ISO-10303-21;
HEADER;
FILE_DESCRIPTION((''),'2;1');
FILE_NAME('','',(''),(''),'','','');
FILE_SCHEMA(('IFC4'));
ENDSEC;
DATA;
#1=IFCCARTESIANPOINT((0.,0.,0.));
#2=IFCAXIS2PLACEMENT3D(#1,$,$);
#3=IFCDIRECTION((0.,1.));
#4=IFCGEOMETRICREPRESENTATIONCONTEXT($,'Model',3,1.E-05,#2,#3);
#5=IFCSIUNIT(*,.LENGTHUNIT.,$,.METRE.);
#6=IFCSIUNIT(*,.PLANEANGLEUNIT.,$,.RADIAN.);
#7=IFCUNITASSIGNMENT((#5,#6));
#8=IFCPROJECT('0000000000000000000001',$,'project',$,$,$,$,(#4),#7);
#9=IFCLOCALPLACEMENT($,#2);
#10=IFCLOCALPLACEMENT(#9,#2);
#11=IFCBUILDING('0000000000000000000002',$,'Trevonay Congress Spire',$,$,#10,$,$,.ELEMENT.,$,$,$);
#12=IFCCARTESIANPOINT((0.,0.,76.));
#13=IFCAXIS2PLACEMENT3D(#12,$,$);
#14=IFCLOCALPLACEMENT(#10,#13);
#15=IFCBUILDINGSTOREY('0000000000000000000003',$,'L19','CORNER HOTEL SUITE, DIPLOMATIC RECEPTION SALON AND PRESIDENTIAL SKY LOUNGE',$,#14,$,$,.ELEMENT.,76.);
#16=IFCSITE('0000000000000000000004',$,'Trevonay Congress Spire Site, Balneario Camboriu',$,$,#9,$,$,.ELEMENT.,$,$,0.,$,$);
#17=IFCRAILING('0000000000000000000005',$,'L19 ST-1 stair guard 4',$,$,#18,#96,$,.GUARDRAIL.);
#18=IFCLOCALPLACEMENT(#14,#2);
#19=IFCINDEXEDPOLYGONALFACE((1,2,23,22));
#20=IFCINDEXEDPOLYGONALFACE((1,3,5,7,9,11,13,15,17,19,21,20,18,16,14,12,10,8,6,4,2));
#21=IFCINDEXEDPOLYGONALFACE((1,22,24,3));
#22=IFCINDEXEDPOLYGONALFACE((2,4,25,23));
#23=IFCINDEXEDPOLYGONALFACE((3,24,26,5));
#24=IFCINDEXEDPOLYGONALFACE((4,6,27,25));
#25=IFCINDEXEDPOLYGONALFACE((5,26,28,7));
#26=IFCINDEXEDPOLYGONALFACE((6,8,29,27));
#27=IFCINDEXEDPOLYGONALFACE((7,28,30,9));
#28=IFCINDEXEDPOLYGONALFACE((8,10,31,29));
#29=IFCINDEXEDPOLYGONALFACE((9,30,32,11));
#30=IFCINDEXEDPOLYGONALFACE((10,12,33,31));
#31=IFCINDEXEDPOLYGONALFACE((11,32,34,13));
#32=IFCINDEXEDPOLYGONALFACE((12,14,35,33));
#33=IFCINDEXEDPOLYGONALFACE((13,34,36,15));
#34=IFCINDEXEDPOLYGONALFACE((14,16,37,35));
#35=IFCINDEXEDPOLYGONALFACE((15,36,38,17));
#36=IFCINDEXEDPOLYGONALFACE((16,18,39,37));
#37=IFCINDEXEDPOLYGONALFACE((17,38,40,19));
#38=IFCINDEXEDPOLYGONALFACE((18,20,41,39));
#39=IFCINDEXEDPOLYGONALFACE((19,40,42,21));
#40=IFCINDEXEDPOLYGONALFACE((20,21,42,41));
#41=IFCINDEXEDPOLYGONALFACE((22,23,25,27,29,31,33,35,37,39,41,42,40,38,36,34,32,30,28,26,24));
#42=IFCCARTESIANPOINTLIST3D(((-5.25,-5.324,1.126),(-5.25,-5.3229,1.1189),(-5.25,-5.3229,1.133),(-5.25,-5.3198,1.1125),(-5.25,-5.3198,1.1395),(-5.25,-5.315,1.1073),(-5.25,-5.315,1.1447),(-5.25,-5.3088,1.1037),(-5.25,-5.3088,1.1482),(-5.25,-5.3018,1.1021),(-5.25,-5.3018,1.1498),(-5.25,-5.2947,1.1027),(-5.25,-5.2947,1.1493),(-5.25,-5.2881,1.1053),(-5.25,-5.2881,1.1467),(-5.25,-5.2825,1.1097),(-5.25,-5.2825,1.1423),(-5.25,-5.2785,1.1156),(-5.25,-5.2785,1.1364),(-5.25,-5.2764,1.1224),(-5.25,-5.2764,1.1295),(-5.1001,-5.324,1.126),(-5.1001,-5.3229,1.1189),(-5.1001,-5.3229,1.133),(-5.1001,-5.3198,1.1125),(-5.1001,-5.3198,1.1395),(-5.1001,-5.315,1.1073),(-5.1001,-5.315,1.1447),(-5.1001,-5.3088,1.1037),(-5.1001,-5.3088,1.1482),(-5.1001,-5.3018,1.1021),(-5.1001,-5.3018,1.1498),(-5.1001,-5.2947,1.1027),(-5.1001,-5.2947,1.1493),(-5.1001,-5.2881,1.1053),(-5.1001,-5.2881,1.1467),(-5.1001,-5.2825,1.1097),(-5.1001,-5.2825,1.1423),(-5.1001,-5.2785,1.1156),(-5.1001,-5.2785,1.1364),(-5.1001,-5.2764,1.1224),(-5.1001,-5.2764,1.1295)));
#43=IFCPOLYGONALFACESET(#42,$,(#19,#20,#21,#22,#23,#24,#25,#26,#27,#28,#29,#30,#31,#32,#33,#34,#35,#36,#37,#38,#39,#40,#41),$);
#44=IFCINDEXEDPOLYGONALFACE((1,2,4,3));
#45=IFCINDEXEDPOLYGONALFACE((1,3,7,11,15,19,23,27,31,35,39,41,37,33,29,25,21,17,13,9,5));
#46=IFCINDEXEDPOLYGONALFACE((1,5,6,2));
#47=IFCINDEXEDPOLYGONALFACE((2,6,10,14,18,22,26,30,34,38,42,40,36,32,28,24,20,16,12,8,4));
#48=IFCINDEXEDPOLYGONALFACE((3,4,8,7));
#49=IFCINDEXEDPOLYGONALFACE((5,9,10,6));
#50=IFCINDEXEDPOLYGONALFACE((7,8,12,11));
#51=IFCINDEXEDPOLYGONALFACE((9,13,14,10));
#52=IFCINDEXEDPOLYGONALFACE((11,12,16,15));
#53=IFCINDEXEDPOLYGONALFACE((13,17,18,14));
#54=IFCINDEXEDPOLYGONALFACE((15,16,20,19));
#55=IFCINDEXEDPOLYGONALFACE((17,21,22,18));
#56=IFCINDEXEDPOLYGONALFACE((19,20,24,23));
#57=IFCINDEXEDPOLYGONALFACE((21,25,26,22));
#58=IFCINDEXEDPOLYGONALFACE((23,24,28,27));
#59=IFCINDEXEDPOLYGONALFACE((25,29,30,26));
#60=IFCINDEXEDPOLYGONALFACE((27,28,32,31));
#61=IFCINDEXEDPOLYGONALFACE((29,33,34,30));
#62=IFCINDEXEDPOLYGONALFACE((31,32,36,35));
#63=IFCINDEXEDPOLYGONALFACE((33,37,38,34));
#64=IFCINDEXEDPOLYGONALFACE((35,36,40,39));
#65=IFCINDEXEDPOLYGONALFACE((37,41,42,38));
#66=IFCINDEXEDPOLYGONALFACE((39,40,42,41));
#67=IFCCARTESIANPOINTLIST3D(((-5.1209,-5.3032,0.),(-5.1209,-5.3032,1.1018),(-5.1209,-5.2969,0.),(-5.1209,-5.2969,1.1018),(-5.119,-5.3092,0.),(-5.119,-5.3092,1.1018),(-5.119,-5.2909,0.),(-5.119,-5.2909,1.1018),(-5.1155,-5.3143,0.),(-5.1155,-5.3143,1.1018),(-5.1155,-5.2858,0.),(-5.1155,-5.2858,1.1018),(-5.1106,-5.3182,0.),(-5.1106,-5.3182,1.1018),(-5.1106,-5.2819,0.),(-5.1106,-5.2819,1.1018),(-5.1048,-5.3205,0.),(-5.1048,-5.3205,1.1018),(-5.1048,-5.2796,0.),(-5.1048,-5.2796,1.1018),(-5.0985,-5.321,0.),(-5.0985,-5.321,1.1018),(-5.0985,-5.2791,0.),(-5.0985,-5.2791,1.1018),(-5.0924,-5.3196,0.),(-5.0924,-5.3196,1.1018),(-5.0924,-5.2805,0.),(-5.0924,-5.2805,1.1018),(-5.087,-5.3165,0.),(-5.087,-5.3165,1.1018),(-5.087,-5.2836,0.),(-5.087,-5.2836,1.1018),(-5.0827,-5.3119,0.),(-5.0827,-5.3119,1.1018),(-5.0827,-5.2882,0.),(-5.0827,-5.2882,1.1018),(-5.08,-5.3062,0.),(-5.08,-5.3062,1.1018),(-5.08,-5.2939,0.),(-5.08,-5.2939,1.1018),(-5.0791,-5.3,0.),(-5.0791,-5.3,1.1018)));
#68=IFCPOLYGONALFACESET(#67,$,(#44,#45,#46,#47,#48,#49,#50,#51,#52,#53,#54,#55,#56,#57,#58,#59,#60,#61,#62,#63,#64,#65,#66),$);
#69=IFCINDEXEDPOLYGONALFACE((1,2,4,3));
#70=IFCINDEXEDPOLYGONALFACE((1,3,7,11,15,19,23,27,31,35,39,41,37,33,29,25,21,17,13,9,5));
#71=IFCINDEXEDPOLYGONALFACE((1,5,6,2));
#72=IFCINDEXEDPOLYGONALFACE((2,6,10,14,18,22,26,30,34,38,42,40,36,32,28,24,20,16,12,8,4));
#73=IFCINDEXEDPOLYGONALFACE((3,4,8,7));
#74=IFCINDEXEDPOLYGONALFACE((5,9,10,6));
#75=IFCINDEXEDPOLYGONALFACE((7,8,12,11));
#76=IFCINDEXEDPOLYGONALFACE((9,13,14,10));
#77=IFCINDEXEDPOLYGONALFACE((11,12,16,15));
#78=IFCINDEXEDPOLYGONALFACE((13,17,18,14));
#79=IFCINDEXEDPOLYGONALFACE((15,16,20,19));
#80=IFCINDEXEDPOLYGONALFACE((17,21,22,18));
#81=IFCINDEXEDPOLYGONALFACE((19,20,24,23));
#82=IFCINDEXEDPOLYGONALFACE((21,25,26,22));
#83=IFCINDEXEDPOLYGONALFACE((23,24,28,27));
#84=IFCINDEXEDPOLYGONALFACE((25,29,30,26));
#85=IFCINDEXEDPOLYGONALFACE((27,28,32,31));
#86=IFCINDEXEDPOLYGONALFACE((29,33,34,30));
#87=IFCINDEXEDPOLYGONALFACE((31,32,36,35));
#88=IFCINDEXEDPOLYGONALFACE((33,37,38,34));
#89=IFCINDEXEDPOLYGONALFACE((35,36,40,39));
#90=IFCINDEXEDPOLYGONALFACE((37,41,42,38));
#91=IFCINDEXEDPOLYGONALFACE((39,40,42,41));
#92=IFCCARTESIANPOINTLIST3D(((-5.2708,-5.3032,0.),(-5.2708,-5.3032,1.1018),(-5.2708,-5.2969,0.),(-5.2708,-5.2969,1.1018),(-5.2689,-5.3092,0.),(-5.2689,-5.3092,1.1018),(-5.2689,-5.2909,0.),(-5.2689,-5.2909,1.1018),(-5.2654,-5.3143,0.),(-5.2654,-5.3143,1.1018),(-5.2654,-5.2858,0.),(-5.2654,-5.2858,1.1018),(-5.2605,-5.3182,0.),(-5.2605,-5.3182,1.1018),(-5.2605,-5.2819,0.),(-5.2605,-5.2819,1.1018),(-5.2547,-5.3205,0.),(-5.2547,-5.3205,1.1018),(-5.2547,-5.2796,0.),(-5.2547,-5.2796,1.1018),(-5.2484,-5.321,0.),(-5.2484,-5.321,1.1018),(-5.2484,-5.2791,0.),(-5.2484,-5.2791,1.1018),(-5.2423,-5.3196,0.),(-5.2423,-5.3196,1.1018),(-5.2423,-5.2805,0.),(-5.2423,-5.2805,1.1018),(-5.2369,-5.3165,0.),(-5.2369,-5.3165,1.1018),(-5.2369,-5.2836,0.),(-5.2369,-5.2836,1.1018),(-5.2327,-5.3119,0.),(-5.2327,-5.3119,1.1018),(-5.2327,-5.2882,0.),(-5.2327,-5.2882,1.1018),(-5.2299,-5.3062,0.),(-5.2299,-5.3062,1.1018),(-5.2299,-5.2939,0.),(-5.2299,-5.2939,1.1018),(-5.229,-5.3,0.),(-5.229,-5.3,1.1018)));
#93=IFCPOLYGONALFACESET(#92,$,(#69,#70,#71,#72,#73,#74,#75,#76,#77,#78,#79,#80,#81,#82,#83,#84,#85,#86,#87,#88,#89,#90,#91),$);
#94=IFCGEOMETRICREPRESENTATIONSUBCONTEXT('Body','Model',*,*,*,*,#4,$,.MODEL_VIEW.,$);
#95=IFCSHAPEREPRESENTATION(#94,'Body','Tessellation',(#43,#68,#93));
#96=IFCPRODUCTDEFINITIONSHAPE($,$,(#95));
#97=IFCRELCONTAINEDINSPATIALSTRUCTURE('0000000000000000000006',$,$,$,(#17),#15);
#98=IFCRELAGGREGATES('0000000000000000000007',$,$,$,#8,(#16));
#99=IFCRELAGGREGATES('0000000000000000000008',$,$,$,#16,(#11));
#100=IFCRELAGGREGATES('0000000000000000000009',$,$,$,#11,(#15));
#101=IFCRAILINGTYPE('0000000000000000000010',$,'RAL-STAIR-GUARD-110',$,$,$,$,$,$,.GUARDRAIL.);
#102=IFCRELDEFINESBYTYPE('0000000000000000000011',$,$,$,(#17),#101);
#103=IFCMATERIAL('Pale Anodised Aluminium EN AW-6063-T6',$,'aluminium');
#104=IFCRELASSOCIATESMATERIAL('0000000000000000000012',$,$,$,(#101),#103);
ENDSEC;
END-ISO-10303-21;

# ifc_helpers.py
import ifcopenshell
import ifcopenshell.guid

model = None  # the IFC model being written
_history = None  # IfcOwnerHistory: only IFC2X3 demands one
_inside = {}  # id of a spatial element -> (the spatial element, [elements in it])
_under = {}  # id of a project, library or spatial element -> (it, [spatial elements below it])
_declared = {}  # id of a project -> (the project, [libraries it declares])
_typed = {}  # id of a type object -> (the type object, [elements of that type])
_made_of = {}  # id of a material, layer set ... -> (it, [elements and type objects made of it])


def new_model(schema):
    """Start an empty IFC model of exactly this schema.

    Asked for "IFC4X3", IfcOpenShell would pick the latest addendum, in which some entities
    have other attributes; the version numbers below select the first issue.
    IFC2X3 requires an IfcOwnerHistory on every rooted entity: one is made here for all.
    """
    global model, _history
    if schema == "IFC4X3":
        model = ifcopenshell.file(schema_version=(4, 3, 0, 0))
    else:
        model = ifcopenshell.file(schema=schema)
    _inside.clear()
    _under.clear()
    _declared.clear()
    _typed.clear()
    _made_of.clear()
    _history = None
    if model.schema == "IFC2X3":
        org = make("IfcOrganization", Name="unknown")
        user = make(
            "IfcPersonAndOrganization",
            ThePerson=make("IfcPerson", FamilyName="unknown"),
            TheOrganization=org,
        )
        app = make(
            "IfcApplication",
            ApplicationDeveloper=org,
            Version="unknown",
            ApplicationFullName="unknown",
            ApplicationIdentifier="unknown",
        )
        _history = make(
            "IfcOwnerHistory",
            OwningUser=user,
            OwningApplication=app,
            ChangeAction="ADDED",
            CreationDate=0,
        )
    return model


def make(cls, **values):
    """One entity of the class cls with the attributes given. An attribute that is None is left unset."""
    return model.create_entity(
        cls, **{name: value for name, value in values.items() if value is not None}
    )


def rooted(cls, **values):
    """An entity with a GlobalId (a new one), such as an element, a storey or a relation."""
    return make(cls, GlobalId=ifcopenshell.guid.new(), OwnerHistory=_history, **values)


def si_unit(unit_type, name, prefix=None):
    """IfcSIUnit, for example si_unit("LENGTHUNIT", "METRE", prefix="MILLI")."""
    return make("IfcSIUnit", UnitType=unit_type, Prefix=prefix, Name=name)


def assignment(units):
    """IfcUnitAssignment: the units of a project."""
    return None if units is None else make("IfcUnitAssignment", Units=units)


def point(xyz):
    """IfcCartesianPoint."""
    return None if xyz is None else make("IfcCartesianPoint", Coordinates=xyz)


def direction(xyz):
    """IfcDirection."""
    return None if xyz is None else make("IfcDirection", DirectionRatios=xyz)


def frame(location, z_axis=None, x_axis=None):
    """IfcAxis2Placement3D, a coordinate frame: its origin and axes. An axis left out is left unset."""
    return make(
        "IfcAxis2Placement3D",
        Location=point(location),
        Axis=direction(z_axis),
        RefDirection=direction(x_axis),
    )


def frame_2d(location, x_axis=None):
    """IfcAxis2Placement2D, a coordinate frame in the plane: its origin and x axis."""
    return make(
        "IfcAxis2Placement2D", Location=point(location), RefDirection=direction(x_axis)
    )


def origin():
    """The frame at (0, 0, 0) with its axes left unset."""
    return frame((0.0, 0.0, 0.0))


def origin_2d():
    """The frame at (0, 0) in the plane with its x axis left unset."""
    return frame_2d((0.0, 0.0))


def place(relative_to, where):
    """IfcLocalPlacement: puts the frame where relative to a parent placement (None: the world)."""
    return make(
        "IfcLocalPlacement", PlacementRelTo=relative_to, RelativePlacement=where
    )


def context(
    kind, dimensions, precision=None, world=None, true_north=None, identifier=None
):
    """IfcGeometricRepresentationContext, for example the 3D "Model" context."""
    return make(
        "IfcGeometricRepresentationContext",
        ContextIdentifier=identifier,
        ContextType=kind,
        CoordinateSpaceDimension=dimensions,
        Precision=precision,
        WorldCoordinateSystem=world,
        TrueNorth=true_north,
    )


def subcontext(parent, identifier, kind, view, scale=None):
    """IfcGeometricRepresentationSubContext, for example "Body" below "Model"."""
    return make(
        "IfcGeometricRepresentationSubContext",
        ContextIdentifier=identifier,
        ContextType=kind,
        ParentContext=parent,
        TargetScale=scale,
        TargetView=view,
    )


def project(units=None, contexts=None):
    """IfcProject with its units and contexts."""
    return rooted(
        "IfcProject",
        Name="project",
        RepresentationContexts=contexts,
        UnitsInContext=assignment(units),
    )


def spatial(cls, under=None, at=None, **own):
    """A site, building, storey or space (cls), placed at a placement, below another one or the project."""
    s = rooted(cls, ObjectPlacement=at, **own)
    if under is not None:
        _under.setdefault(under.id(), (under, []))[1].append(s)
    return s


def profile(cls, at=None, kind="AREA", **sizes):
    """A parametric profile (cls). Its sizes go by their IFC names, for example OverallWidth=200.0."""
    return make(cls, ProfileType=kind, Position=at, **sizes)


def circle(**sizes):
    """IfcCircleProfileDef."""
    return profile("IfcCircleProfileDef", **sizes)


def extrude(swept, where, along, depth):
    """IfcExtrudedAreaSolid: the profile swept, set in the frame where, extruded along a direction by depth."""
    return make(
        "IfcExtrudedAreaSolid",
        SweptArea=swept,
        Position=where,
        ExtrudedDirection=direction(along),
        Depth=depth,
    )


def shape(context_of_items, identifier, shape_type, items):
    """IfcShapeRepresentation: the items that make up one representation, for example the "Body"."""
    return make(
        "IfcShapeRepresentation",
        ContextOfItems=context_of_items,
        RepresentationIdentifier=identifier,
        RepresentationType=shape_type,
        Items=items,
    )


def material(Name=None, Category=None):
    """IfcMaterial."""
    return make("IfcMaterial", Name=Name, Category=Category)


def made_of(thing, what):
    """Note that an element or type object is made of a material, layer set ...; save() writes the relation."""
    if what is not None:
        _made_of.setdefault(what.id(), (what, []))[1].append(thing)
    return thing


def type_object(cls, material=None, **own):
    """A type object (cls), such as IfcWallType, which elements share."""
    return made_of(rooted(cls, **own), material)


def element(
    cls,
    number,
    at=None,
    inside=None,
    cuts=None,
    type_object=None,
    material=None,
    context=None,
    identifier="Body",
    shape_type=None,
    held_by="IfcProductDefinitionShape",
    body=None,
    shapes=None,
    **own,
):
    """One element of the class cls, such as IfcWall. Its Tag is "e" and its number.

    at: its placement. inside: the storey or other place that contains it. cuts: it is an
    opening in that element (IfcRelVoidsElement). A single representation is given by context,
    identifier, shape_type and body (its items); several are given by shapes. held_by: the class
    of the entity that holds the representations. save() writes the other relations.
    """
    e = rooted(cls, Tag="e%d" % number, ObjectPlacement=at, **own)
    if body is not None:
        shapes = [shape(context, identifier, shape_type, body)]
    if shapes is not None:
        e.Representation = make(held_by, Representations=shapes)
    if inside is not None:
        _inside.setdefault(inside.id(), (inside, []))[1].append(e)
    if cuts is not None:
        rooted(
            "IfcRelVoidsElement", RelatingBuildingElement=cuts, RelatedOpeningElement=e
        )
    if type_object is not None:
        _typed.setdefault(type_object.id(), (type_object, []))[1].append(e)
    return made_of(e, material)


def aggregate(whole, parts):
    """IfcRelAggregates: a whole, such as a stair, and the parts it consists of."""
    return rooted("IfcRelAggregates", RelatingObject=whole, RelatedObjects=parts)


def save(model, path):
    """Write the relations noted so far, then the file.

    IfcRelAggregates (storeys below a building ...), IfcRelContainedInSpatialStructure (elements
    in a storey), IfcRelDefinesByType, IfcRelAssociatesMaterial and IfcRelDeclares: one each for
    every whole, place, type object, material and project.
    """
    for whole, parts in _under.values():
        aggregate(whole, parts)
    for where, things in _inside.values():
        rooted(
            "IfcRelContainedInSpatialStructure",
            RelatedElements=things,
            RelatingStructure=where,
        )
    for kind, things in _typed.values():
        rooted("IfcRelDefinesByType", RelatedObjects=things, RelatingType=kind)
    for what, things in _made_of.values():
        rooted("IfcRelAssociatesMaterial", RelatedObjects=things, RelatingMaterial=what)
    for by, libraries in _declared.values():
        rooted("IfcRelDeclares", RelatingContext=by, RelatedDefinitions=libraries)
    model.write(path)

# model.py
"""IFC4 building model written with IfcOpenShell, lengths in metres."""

from ifc_helpers import new_model, si_unit, direction, frame, origin, origin_2d, place, context, subcontext, project, spatial, circle, extrude, material, type_object, element, save


model = new_model("IFC4")

# Units and contexts
model_context = context("Model", 3, precision=1e-05, world=origin(), true_north=direction((0.0, 1.0)))
body_context = subcontext(model_context, "Body", "Model", "MODEL_VIEW")
ifc_project = project(units=[si_unit("LENGTHUNIT", "METRE"), si_unit("PLANEANGLEUNIT", "RADIAN")], contexts=[model_context])

# Site, building, storey
site_placement = place(None, origin())
site = spatial("IfcSite", under=ifc_project, at=site_placement, Name="Trevonay Congress Spire Site, Balneario Camboriu", CompositionType="ELEMENT", RefElevation=0.0)
building_placement = place(site_placement, origin())
building = spatial("IfcBuilding", under=site, at=building_placement, Name="Trevonay Congress Spire", CompositionType="ELEMENT")
storey_placement = place(building_placement, frame((0.0, 0.0, 76.0)))
storey = spatial("IfcBuildingStorey", under=building, at=storey_placement, Name="L19", Description="CORNER HOTEL SUITE, DIPLOMATIC RECEPTION SALON AND PRESIDENTIAL SKY LOUNGE", CompositionType="ELEMENT", Elevation=76.0)

# Shared definitions
ifc_material_1 = material(Name="Pale Anodised Aluminium EN AW-6063-T6", Category="aluminium")

# Railing
railing_type_1 = type_object("IfcRailingType", Name="RAL-STAIR-GUARD-110", PredefinedType="GUARDRAIL", material=ifc_material_1)
railing_1_placement = place(storey_placement, frame((-5.1001, -5.3, 0.0)))
element("IfcRailing", 1, at=railing_1_placement, inside=storey, type_object=railing_type_1, Name="L19 ST-1 stair guard 4", PredefinedType="GUARDRAIL", context=body_context, shape_type="SweptSolid", body=[
    extrude(circle(Radius=0.0239, at=origin_2d()), frame((0.0, 0.0, 1.126), z_axis=(-1.0, 0.0, 0.0), x_axis=(0.0, -1.0, 0.0)), (0.0, 0.0, 1.0), 0.1499),
    extrude(circle(Radius=0.021, at=origin_2d()), origin(), (0.0, 0.0, 1.0), 1.1018),
    extrude(circle(Radius=0.021, at=origin_2d()), frame((-0.1499, 0.0, 0.0)), (0.0, 0.0, 1.0), 1.1018),
])

save(model, "model.ifc")
